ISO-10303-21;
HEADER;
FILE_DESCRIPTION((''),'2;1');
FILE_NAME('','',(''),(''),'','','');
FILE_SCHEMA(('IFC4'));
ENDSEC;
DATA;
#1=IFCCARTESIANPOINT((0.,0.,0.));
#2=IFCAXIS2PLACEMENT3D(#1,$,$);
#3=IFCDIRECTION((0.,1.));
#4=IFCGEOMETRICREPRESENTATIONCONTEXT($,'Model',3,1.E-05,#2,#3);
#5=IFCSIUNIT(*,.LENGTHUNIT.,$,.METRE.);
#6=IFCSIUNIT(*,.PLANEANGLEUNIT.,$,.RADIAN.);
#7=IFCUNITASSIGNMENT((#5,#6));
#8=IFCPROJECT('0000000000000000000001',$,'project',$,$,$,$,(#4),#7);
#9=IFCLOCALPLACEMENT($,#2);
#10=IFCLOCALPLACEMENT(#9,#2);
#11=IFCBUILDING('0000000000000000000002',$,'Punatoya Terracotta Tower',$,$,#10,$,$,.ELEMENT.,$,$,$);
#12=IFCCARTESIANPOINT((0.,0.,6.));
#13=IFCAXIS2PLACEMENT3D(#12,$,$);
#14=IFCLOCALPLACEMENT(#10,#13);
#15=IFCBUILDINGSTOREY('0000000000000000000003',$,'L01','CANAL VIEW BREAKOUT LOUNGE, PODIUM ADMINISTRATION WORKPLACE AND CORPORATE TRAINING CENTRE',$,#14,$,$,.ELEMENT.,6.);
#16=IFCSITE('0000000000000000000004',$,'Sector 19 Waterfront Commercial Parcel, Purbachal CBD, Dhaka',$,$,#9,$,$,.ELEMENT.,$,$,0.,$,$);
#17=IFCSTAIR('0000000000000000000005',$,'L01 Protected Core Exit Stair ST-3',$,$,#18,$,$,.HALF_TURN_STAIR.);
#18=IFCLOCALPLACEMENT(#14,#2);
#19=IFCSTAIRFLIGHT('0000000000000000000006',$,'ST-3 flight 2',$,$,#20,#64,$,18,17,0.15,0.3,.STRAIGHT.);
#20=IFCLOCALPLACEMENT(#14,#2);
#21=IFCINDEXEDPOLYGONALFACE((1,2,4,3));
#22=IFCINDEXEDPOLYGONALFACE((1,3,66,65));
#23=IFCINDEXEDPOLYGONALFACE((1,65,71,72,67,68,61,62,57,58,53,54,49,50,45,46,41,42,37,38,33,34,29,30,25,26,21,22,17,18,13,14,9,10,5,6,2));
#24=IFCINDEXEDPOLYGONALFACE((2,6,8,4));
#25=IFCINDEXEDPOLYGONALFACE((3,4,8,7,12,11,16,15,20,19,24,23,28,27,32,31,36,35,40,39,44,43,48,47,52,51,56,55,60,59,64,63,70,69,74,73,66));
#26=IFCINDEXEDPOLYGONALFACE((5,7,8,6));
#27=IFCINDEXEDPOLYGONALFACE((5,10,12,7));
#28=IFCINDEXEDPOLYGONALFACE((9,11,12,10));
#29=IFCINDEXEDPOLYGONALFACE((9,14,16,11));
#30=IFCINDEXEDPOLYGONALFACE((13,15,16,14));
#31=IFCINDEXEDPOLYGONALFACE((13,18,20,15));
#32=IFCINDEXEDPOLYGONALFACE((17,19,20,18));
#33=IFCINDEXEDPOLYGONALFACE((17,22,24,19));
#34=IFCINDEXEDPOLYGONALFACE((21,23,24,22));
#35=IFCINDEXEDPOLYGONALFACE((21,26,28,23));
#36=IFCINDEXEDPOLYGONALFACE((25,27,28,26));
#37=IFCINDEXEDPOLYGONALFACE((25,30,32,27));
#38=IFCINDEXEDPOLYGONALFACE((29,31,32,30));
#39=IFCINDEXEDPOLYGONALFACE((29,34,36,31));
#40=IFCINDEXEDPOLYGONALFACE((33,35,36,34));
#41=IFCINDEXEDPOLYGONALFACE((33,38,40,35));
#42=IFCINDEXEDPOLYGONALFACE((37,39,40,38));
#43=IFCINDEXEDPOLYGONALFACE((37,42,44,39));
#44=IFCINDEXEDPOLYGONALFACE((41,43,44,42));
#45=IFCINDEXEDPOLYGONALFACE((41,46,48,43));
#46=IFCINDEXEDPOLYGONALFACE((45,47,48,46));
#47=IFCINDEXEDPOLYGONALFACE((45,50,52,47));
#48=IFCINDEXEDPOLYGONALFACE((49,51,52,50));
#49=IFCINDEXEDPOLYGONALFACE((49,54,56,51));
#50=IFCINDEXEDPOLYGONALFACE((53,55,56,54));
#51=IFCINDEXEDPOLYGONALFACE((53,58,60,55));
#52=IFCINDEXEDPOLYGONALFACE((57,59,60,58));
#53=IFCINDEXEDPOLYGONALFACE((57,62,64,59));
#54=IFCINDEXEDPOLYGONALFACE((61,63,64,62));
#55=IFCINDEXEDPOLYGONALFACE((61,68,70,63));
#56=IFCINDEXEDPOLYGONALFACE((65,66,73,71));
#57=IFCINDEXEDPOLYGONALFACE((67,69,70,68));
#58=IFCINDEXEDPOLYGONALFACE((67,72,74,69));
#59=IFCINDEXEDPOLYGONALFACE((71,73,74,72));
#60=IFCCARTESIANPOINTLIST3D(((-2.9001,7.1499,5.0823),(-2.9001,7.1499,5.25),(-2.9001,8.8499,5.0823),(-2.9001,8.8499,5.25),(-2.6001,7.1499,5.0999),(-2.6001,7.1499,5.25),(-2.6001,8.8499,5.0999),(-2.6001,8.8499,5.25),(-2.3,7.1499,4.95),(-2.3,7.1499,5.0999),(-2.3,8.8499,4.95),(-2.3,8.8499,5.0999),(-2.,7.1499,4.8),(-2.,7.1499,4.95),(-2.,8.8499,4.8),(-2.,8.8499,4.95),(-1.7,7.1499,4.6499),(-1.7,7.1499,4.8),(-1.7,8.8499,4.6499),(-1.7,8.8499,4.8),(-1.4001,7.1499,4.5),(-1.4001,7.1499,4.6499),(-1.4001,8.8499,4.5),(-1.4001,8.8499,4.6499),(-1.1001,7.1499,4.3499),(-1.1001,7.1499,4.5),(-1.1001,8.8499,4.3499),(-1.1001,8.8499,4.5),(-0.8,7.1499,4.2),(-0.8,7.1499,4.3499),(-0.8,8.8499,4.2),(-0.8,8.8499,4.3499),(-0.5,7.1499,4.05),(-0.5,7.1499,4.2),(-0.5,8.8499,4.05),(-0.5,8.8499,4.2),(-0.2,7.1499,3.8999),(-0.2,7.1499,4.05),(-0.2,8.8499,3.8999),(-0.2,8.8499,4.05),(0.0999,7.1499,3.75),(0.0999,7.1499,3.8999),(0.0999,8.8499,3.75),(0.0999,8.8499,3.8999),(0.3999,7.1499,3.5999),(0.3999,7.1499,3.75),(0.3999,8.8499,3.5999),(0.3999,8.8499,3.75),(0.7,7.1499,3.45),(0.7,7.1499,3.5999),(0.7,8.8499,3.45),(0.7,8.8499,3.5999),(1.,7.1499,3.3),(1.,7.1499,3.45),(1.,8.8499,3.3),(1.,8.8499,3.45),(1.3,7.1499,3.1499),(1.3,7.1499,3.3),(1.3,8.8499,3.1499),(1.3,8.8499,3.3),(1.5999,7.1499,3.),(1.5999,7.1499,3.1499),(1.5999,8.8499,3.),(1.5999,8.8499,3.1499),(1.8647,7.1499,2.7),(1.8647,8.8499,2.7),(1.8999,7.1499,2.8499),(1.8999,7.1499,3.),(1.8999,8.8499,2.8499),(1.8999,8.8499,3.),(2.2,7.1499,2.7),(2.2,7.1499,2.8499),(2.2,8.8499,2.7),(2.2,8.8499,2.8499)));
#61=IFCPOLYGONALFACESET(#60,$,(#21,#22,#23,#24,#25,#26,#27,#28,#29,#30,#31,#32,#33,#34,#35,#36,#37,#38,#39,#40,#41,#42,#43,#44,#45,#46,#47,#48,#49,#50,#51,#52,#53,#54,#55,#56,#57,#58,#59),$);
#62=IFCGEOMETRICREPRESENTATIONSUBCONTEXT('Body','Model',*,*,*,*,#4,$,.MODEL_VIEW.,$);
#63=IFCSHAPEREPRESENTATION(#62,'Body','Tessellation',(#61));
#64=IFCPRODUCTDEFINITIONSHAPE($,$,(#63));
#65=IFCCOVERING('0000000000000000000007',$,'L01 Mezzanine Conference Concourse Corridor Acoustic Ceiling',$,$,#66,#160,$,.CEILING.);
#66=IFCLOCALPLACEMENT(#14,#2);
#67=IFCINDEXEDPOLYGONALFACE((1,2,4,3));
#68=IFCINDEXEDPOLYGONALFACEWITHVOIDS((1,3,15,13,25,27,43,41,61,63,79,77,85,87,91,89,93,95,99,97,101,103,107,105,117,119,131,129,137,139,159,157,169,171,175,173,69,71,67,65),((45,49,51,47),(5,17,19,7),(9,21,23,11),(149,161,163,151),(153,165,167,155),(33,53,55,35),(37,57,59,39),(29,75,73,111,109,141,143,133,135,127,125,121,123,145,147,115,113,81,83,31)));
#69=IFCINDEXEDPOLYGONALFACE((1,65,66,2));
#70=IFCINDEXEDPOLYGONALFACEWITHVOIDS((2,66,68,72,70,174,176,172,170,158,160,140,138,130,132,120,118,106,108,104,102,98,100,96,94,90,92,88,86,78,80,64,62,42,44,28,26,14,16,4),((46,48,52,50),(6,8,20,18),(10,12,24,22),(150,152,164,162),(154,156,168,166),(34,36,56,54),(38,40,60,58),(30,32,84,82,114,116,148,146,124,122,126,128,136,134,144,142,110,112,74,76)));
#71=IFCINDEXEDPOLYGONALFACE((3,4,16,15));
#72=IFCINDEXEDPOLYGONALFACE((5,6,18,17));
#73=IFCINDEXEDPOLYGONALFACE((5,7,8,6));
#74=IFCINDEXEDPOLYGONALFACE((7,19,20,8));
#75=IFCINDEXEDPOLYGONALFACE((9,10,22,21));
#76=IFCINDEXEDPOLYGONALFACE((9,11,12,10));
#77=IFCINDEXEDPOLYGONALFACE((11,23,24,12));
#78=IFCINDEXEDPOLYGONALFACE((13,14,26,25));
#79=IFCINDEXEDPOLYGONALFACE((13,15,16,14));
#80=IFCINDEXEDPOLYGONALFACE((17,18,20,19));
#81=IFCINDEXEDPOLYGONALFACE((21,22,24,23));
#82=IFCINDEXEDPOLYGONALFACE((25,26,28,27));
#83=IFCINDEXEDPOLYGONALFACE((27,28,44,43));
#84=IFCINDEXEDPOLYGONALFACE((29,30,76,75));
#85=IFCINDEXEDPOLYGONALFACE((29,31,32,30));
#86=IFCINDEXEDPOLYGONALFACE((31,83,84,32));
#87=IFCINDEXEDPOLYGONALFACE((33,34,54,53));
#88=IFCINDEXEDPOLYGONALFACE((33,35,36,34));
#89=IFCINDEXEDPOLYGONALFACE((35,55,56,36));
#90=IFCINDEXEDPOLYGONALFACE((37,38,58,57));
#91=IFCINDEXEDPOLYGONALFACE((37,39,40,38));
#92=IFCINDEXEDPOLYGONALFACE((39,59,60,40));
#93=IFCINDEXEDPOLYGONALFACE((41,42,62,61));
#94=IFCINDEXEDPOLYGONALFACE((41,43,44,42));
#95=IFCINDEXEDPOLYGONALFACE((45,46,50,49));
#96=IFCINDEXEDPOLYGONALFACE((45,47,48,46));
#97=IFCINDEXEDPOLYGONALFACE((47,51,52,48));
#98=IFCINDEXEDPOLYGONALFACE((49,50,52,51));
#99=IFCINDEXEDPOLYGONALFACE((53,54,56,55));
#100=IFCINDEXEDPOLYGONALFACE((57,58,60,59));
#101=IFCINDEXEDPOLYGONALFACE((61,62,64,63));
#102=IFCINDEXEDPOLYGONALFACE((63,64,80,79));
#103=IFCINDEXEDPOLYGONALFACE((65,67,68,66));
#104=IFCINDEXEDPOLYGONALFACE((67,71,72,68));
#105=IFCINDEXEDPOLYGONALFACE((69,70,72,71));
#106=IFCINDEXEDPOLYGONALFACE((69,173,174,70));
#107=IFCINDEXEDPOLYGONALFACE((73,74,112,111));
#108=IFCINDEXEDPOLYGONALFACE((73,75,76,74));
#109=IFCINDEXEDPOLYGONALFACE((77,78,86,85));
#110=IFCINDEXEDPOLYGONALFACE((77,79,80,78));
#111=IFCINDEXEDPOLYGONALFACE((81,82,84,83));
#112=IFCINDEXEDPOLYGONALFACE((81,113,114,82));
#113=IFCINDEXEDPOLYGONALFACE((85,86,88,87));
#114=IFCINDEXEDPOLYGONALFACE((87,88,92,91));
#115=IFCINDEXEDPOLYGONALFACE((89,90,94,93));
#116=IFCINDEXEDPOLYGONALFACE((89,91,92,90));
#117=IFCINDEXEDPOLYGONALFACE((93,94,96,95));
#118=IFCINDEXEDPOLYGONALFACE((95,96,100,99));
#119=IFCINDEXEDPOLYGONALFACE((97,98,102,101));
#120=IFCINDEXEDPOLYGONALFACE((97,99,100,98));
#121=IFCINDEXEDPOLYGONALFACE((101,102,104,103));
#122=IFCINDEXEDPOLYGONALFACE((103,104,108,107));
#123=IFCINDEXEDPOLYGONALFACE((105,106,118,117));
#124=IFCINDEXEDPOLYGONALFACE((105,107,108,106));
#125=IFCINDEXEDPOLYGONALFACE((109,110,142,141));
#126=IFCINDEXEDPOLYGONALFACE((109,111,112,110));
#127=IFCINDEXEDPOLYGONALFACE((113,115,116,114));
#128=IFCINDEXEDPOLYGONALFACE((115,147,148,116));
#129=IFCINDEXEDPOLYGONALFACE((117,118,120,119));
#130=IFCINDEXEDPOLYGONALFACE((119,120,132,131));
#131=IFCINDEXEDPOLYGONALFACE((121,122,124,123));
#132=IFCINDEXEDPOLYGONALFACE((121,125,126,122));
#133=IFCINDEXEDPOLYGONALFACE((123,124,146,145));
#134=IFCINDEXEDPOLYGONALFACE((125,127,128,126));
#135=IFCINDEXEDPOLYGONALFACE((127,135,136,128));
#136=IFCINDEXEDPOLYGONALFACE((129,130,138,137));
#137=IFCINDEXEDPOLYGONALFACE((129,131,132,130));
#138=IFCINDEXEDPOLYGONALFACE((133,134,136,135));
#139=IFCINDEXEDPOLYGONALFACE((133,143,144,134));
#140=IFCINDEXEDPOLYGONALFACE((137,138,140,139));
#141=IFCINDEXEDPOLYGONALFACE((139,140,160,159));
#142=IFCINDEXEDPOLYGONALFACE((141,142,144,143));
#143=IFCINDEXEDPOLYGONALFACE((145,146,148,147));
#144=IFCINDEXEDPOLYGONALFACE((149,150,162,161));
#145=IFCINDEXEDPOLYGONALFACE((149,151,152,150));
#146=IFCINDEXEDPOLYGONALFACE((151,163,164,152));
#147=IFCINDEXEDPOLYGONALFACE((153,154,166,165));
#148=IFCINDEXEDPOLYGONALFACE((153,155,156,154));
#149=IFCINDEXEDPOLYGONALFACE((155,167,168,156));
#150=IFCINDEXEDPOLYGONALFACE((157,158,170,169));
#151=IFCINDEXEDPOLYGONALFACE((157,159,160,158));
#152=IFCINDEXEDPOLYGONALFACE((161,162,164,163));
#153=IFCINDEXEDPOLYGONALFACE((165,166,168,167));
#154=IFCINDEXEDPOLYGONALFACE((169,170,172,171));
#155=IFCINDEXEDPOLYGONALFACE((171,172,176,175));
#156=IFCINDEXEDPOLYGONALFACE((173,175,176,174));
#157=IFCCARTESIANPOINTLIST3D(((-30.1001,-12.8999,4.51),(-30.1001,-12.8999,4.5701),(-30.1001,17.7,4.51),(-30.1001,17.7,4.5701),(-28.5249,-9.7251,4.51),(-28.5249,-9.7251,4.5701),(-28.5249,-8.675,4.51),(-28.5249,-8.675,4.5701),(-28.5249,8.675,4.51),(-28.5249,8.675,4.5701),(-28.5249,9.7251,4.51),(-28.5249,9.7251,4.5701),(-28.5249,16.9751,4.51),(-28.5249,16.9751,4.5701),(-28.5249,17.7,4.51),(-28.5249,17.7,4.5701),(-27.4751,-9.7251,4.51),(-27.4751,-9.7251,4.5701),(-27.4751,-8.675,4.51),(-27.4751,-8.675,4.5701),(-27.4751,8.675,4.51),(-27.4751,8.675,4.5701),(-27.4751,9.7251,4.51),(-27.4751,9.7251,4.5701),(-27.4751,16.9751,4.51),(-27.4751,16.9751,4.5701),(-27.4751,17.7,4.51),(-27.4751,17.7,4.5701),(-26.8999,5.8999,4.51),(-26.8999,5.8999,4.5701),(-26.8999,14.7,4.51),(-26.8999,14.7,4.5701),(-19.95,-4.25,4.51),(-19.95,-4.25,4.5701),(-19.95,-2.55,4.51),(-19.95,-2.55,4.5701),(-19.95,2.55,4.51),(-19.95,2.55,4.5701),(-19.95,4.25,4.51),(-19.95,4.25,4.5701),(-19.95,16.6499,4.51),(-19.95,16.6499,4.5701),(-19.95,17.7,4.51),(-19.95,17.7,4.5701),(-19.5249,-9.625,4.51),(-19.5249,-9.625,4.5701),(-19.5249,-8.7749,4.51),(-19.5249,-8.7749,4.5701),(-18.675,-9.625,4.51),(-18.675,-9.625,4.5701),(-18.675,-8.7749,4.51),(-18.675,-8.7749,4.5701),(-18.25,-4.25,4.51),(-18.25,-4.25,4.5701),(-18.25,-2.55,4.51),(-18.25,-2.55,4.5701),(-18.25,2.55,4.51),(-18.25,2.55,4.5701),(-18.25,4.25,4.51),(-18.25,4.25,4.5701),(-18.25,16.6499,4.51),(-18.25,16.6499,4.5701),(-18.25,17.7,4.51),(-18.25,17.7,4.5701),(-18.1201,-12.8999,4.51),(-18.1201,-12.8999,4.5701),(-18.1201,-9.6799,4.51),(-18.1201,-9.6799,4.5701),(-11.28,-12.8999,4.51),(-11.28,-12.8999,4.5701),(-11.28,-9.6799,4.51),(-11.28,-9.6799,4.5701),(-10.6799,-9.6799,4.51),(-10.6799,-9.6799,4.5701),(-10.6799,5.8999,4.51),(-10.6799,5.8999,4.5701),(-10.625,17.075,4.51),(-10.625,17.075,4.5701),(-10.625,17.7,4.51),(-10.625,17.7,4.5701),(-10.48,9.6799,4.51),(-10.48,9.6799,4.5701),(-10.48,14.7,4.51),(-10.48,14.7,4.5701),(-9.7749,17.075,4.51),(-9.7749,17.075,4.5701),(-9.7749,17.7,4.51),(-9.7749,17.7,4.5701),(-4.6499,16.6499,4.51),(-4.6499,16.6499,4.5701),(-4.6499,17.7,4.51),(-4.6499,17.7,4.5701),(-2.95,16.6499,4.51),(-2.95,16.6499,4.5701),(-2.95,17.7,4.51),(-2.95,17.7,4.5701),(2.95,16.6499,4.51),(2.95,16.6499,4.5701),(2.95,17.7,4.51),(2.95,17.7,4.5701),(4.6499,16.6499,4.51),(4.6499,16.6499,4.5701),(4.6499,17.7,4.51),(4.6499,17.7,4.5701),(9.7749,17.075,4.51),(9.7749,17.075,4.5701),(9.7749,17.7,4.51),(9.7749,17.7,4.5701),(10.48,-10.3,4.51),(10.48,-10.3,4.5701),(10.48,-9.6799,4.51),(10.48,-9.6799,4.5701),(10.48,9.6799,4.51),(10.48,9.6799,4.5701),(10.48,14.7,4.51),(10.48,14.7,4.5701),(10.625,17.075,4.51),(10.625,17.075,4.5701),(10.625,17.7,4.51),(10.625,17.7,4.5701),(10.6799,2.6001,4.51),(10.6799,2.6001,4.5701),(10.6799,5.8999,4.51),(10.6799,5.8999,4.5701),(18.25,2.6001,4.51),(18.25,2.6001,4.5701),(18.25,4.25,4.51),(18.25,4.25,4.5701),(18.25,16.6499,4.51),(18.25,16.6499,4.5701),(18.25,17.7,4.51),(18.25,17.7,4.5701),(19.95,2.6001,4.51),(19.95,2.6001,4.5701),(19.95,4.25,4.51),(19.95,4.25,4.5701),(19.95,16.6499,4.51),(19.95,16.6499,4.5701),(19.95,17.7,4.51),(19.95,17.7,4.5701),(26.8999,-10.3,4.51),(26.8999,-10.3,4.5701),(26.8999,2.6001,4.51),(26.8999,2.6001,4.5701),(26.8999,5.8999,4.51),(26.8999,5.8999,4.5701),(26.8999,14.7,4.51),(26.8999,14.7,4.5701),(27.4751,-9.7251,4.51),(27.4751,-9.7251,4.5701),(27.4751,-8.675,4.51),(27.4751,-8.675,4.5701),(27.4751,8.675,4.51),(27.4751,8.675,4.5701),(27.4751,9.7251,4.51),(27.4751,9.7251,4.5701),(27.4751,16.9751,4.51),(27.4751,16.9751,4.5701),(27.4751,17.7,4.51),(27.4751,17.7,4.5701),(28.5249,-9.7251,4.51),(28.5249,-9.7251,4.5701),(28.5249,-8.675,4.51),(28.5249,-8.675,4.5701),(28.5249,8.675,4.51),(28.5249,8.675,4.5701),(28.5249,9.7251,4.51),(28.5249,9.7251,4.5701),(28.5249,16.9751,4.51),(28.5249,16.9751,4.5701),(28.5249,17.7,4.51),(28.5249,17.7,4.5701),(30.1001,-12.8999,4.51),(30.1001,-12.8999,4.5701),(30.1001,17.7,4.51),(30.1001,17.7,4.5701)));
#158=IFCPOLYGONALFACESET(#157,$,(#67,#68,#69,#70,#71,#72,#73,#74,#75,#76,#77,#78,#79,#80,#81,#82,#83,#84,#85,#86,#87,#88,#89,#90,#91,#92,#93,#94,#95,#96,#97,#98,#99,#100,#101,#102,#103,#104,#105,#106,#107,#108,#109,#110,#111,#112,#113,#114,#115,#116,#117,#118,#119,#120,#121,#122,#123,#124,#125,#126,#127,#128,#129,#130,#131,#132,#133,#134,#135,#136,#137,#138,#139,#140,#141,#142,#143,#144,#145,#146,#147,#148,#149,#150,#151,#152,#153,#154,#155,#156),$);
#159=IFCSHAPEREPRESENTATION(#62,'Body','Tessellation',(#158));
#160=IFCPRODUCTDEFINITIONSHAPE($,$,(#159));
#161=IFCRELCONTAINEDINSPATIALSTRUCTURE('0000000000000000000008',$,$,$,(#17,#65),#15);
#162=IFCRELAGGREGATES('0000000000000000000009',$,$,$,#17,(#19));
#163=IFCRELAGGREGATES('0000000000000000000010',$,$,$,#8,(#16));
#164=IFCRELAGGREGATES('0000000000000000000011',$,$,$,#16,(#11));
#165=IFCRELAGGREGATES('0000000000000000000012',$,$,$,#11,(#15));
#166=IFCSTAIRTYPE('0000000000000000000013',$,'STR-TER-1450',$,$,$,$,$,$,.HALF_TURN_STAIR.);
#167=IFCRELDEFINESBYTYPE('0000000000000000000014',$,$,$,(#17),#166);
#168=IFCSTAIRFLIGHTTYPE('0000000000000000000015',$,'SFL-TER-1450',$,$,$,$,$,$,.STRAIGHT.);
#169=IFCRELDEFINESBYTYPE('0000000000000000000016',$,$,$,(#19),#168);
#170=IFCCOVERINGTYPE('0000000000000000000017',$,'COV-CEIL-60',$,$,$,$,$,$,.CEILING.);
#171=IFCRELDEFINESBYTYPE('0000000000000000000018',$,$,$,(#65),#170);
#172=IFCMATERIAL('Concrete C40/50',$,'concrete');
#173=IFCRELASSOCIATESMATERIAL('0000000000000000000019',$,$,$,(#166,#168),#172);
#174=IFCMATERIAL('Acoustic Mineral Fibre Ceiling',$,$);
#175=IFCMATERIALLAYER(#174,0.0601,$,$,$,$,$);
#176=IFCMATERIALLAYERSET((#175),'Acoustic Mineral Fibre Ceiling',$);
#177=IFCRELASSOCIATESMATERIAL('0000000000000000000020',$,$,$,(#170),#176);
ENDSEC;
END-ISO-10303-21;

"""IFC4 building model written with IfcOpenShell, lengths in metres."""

from ifc_helpers import new_model, si_unit, direction, frame, origin, place, context, subcontext, project, spatial, polyline, outline, extrude, material, layer, layer_set, type_object, element, aggregate, save


model = new_model("IFC4")

# Units and contexts
model_context = context("Model", 3, precision=1e-05, world=origin(), true_north=direction((0.0, 1.0)))
body_context = subcontext(model_context, "Body", "Model", "MODEL_VIEW")
ifc_project = project(units=[si_unit("LENGTHUNIT", "METRE"), si_unit("PLANEANGLEUNIT", "RADIAN")], contexts=[model_context])

# Site, building, storey
site_placement = place(None, origin())
site = spatial("IfcSite", under=ifc_project, at=site_placement, Name="Sector 19 Waterfront Commercial Parcel, Purbachal CBD, Dhaka", CompositionType="ELEMENT", RefElevation=0.0)
building_placement = place(site_placement, origin())
building = spatial("IfcBuilding", under=site, at=building_placement, Name="Punatoya Terracotta Tower", CompositionType="ELEMENT")
storey_placement = place(building_placement, frame((0.0, 0.0, 6.0)))
storey = spatial("IfcBuildingStorey", under=building, at=storey_placement, Name="L01", Description="CANAL VIEW BREAKOUT LOUNGE, PODIUM ADMINISTRATION WORKPLACE AND CORPORATE TRAINING CENTRE", CompositionType="ELEMENT", Elevation=6.0)

# Shared definitions
ifc_material_1 = material(Name="Concrete C40/50", Category="concrete")

# Stair, stair flight
stair_type_1 = type_object("IfcStairType", Name="STR-TER-1450", PredefinedType="HALF_TURN_STAIR", material=ifc_material_1)
stair_1_placement = place(storey_placement, origin())
stair_1 = element("IfcStair", 1, at=stair_1_placement, inside=storey, type_object=stair_type_1, Name="L01 Protected Core Exit Stair ST-3", PredefinedType="HALF_TURN_STAIR")
stair_flight_type = type_object("IfcStairFlightType", Name="SFL-TER-1450", PredefinedType="STRAIGHT", material=ifc_material_1)
stair_flight_placement = place(storey_placement, frame((2.2, 8.0, 2.7), z_axis=(0.0, 0.0, 1.0), x_axis=(-1.0, 0.0, 0.0)))
stair_flight = element("IfcStairFlight", 2, at=stair_flight_placement, type_object=stair_flight_type, Name="ST-3 flight 2", NumberOfRisers=18, NumberOfTreads=17, PredefinedType="STRAIGHT", RiserHeight=0.15, TreadLength=0.3, context=body_context, shape_type="SweptSolid", body=[
    extrude(outline(polyline([(0.0, 0.0), (0.0, 0.1499), (0.3, 0.1499), (0.3, 0.3), (0.6001, 0.3), (0.6001, 0.45), (0.8999, 0.45), (0.8999, 0.6001), (1.2, 0.6001), (1.2, 0.75), (1.5, 0.75), (1.5, 0.8999), (1.8, 0.8999), (1.8, 1.05), (2.1001, 1.05), (2.1001, 1.2), (2.3999, 1.2), (2.3999, 1.3501), (2.7, 1.3501), (2.7, 1.5), (3.0, 1.5), (3.0, 1.6499), (3.3, 1.6499), (3.3, 1.8), (3.6001, 1.8), (3.6001, 1.95), (3.8999, 1.95), (3.8999, 2.1001), (4.2, 2.1001), (4.2, 2.25), (4.5, 2.25), (4.5, 2.3999), (4.8, 2.3999), (4.8, 2.55), (5.1001, 2.55), (5.1001, 2.7), (5.1001, 2.3823), (0.3352, 0.0), (0.0, 0.0)])), frame((0.0, 0.8501, 0.0), z_axis=(0.0, -1.0, 0.0), x_axis=(1.0, 0.0, 0.0)), (0.0, 0.0, 1.0), 1.7),
])
aggregate(stair_1, [stair_flight])

# Covering
ifc_material_2 = material(Name="Acoustic Mineral Fibre Ceiling")
ifc_layer_1 = layer(ifc_material_2, 0.0601)
ifc_layer_set_1 = layer_set([ifc_layer_1], Name="Acoustic Mineral Fibre Ceiling")
covering_type = type_object("IfcCoveringType", Name="COV-CEIL-60", PredefinedType="CEILING", material=ifc_layer_set_1)
covering_1_placement = place(storey_placement, frame((0.0, 0.0, 4.51)))
element("IfcCovering", 3, at=covering_1_placement, inside=storey, type_object=covering_type, Name="L01 Mezzanine Conference Concourse Corridor Acoustic Ceiling", PredefinedType="CEILING", context=body_context, shape_type="SweptSolid", body=[
    extrude(outline(polyline([(9.7749, 17.7), (4.6499, 17.7), (4.6499, 16.6499), (2.95, 16.6499), (2.95, 17.7), (-2.95, 17.7), (-2.95, 16.6499), (-4.6499, 16.6499), (-4.6499, 17.7), (-9.7749, 17.7), (-9.7749, 17.075), (-10.625, 17.075), (-10.625, 17.7), (-18.25, 17.7), (-18.25, 16.6499), (-19.95, 16.6499), (-19.95, 17.7), (-27.4751, 17.7), (-27.4751, 16.9751), (-28.5249, 16.9751), (-28.5249, 17.7), (-30.1001, 17.7), (-30.1001, -12.8999), (-18.1201, -12.8999), (-18.1201, -9.6799), (-11.28, -9.6799), (-11.28, -12.8999), (30.1001, -12.8999), (30.1001, 17.7), (28.5249, 17.7), (28.5249, 16.9751), (27.4751, 16.9751), (27.4751, 17.7), (19.95, 17.7), (19.95, 16.6499), (18.25, 16.6499), (18.25, 17.7), (10.625, 17.7), (10.625, 17.075), (9.7749, 17.075), (9.7749, 17.7)]), holes=[polyline([(28.5249, -8.675), (28.5249, -9.7251), (27.4751, -9.7251), (27.4751, -8.675), (28.5249, -8.675)]), polyline([(28.5249, 8.675), (27.4751, 8.675), (27.4751, 9.7251), (28.5249, 9.7251), (28.5249, 8.675)]), polyline([(-26.8999, 14.7), (-10.48, 14.7), (-10.48, 9.6799), (10.48, 9.6799), (10.48, 14.7), (26.8999, 14.7), (26.8999, 5.8999), (10.6799, 5.8999), (10.6799, 2.6001), (18.25, 2.6001), (18.25, 4.25), (19.95, 4.25), (19.95, 2.6001), (26.8999, 2.6001), (26.8999, -10.3), (10.48, -10.3), (10.48, -9.6799), (-10.6799, -9.6799), (-10.6799, 5.8999), (-26.8999, 5.8999), (-26.8999, 14.7)]), polyline([(-18.25, -4.25), (-19.95, -4.25), (-19.95, -2.55), (-18.25, -2.55), (-18.25, -4.25)]), polyline([(-18.25, 4.25), (-18.25, 2.55), (-19.95, 2.55), (-19.95, 4.25), (-18.25, 4.25)]), polyline([(-19.5249, -9.625), (-19.5249, -8.7749), (-18.675, -8.7749), (-18.675, -9.625), (-19.5249, -9.625)]), polyline([(-28.5249, -9.7251), (-28.5249, -8.675), (-27.4751, -8.675), (-27.4751, -9.7251), (-28.5249, -9.7251)]), polyline([(-28.5249, 9.7251), (-27.4751, 9.7251), (-27.4751, 8.675), (-28.5249, 8.675), (-28.5249, 9.7251)])]), origin(), (0.0, 0.0, 1.0), 0.0601),
])

save(model, "model.ifc")
